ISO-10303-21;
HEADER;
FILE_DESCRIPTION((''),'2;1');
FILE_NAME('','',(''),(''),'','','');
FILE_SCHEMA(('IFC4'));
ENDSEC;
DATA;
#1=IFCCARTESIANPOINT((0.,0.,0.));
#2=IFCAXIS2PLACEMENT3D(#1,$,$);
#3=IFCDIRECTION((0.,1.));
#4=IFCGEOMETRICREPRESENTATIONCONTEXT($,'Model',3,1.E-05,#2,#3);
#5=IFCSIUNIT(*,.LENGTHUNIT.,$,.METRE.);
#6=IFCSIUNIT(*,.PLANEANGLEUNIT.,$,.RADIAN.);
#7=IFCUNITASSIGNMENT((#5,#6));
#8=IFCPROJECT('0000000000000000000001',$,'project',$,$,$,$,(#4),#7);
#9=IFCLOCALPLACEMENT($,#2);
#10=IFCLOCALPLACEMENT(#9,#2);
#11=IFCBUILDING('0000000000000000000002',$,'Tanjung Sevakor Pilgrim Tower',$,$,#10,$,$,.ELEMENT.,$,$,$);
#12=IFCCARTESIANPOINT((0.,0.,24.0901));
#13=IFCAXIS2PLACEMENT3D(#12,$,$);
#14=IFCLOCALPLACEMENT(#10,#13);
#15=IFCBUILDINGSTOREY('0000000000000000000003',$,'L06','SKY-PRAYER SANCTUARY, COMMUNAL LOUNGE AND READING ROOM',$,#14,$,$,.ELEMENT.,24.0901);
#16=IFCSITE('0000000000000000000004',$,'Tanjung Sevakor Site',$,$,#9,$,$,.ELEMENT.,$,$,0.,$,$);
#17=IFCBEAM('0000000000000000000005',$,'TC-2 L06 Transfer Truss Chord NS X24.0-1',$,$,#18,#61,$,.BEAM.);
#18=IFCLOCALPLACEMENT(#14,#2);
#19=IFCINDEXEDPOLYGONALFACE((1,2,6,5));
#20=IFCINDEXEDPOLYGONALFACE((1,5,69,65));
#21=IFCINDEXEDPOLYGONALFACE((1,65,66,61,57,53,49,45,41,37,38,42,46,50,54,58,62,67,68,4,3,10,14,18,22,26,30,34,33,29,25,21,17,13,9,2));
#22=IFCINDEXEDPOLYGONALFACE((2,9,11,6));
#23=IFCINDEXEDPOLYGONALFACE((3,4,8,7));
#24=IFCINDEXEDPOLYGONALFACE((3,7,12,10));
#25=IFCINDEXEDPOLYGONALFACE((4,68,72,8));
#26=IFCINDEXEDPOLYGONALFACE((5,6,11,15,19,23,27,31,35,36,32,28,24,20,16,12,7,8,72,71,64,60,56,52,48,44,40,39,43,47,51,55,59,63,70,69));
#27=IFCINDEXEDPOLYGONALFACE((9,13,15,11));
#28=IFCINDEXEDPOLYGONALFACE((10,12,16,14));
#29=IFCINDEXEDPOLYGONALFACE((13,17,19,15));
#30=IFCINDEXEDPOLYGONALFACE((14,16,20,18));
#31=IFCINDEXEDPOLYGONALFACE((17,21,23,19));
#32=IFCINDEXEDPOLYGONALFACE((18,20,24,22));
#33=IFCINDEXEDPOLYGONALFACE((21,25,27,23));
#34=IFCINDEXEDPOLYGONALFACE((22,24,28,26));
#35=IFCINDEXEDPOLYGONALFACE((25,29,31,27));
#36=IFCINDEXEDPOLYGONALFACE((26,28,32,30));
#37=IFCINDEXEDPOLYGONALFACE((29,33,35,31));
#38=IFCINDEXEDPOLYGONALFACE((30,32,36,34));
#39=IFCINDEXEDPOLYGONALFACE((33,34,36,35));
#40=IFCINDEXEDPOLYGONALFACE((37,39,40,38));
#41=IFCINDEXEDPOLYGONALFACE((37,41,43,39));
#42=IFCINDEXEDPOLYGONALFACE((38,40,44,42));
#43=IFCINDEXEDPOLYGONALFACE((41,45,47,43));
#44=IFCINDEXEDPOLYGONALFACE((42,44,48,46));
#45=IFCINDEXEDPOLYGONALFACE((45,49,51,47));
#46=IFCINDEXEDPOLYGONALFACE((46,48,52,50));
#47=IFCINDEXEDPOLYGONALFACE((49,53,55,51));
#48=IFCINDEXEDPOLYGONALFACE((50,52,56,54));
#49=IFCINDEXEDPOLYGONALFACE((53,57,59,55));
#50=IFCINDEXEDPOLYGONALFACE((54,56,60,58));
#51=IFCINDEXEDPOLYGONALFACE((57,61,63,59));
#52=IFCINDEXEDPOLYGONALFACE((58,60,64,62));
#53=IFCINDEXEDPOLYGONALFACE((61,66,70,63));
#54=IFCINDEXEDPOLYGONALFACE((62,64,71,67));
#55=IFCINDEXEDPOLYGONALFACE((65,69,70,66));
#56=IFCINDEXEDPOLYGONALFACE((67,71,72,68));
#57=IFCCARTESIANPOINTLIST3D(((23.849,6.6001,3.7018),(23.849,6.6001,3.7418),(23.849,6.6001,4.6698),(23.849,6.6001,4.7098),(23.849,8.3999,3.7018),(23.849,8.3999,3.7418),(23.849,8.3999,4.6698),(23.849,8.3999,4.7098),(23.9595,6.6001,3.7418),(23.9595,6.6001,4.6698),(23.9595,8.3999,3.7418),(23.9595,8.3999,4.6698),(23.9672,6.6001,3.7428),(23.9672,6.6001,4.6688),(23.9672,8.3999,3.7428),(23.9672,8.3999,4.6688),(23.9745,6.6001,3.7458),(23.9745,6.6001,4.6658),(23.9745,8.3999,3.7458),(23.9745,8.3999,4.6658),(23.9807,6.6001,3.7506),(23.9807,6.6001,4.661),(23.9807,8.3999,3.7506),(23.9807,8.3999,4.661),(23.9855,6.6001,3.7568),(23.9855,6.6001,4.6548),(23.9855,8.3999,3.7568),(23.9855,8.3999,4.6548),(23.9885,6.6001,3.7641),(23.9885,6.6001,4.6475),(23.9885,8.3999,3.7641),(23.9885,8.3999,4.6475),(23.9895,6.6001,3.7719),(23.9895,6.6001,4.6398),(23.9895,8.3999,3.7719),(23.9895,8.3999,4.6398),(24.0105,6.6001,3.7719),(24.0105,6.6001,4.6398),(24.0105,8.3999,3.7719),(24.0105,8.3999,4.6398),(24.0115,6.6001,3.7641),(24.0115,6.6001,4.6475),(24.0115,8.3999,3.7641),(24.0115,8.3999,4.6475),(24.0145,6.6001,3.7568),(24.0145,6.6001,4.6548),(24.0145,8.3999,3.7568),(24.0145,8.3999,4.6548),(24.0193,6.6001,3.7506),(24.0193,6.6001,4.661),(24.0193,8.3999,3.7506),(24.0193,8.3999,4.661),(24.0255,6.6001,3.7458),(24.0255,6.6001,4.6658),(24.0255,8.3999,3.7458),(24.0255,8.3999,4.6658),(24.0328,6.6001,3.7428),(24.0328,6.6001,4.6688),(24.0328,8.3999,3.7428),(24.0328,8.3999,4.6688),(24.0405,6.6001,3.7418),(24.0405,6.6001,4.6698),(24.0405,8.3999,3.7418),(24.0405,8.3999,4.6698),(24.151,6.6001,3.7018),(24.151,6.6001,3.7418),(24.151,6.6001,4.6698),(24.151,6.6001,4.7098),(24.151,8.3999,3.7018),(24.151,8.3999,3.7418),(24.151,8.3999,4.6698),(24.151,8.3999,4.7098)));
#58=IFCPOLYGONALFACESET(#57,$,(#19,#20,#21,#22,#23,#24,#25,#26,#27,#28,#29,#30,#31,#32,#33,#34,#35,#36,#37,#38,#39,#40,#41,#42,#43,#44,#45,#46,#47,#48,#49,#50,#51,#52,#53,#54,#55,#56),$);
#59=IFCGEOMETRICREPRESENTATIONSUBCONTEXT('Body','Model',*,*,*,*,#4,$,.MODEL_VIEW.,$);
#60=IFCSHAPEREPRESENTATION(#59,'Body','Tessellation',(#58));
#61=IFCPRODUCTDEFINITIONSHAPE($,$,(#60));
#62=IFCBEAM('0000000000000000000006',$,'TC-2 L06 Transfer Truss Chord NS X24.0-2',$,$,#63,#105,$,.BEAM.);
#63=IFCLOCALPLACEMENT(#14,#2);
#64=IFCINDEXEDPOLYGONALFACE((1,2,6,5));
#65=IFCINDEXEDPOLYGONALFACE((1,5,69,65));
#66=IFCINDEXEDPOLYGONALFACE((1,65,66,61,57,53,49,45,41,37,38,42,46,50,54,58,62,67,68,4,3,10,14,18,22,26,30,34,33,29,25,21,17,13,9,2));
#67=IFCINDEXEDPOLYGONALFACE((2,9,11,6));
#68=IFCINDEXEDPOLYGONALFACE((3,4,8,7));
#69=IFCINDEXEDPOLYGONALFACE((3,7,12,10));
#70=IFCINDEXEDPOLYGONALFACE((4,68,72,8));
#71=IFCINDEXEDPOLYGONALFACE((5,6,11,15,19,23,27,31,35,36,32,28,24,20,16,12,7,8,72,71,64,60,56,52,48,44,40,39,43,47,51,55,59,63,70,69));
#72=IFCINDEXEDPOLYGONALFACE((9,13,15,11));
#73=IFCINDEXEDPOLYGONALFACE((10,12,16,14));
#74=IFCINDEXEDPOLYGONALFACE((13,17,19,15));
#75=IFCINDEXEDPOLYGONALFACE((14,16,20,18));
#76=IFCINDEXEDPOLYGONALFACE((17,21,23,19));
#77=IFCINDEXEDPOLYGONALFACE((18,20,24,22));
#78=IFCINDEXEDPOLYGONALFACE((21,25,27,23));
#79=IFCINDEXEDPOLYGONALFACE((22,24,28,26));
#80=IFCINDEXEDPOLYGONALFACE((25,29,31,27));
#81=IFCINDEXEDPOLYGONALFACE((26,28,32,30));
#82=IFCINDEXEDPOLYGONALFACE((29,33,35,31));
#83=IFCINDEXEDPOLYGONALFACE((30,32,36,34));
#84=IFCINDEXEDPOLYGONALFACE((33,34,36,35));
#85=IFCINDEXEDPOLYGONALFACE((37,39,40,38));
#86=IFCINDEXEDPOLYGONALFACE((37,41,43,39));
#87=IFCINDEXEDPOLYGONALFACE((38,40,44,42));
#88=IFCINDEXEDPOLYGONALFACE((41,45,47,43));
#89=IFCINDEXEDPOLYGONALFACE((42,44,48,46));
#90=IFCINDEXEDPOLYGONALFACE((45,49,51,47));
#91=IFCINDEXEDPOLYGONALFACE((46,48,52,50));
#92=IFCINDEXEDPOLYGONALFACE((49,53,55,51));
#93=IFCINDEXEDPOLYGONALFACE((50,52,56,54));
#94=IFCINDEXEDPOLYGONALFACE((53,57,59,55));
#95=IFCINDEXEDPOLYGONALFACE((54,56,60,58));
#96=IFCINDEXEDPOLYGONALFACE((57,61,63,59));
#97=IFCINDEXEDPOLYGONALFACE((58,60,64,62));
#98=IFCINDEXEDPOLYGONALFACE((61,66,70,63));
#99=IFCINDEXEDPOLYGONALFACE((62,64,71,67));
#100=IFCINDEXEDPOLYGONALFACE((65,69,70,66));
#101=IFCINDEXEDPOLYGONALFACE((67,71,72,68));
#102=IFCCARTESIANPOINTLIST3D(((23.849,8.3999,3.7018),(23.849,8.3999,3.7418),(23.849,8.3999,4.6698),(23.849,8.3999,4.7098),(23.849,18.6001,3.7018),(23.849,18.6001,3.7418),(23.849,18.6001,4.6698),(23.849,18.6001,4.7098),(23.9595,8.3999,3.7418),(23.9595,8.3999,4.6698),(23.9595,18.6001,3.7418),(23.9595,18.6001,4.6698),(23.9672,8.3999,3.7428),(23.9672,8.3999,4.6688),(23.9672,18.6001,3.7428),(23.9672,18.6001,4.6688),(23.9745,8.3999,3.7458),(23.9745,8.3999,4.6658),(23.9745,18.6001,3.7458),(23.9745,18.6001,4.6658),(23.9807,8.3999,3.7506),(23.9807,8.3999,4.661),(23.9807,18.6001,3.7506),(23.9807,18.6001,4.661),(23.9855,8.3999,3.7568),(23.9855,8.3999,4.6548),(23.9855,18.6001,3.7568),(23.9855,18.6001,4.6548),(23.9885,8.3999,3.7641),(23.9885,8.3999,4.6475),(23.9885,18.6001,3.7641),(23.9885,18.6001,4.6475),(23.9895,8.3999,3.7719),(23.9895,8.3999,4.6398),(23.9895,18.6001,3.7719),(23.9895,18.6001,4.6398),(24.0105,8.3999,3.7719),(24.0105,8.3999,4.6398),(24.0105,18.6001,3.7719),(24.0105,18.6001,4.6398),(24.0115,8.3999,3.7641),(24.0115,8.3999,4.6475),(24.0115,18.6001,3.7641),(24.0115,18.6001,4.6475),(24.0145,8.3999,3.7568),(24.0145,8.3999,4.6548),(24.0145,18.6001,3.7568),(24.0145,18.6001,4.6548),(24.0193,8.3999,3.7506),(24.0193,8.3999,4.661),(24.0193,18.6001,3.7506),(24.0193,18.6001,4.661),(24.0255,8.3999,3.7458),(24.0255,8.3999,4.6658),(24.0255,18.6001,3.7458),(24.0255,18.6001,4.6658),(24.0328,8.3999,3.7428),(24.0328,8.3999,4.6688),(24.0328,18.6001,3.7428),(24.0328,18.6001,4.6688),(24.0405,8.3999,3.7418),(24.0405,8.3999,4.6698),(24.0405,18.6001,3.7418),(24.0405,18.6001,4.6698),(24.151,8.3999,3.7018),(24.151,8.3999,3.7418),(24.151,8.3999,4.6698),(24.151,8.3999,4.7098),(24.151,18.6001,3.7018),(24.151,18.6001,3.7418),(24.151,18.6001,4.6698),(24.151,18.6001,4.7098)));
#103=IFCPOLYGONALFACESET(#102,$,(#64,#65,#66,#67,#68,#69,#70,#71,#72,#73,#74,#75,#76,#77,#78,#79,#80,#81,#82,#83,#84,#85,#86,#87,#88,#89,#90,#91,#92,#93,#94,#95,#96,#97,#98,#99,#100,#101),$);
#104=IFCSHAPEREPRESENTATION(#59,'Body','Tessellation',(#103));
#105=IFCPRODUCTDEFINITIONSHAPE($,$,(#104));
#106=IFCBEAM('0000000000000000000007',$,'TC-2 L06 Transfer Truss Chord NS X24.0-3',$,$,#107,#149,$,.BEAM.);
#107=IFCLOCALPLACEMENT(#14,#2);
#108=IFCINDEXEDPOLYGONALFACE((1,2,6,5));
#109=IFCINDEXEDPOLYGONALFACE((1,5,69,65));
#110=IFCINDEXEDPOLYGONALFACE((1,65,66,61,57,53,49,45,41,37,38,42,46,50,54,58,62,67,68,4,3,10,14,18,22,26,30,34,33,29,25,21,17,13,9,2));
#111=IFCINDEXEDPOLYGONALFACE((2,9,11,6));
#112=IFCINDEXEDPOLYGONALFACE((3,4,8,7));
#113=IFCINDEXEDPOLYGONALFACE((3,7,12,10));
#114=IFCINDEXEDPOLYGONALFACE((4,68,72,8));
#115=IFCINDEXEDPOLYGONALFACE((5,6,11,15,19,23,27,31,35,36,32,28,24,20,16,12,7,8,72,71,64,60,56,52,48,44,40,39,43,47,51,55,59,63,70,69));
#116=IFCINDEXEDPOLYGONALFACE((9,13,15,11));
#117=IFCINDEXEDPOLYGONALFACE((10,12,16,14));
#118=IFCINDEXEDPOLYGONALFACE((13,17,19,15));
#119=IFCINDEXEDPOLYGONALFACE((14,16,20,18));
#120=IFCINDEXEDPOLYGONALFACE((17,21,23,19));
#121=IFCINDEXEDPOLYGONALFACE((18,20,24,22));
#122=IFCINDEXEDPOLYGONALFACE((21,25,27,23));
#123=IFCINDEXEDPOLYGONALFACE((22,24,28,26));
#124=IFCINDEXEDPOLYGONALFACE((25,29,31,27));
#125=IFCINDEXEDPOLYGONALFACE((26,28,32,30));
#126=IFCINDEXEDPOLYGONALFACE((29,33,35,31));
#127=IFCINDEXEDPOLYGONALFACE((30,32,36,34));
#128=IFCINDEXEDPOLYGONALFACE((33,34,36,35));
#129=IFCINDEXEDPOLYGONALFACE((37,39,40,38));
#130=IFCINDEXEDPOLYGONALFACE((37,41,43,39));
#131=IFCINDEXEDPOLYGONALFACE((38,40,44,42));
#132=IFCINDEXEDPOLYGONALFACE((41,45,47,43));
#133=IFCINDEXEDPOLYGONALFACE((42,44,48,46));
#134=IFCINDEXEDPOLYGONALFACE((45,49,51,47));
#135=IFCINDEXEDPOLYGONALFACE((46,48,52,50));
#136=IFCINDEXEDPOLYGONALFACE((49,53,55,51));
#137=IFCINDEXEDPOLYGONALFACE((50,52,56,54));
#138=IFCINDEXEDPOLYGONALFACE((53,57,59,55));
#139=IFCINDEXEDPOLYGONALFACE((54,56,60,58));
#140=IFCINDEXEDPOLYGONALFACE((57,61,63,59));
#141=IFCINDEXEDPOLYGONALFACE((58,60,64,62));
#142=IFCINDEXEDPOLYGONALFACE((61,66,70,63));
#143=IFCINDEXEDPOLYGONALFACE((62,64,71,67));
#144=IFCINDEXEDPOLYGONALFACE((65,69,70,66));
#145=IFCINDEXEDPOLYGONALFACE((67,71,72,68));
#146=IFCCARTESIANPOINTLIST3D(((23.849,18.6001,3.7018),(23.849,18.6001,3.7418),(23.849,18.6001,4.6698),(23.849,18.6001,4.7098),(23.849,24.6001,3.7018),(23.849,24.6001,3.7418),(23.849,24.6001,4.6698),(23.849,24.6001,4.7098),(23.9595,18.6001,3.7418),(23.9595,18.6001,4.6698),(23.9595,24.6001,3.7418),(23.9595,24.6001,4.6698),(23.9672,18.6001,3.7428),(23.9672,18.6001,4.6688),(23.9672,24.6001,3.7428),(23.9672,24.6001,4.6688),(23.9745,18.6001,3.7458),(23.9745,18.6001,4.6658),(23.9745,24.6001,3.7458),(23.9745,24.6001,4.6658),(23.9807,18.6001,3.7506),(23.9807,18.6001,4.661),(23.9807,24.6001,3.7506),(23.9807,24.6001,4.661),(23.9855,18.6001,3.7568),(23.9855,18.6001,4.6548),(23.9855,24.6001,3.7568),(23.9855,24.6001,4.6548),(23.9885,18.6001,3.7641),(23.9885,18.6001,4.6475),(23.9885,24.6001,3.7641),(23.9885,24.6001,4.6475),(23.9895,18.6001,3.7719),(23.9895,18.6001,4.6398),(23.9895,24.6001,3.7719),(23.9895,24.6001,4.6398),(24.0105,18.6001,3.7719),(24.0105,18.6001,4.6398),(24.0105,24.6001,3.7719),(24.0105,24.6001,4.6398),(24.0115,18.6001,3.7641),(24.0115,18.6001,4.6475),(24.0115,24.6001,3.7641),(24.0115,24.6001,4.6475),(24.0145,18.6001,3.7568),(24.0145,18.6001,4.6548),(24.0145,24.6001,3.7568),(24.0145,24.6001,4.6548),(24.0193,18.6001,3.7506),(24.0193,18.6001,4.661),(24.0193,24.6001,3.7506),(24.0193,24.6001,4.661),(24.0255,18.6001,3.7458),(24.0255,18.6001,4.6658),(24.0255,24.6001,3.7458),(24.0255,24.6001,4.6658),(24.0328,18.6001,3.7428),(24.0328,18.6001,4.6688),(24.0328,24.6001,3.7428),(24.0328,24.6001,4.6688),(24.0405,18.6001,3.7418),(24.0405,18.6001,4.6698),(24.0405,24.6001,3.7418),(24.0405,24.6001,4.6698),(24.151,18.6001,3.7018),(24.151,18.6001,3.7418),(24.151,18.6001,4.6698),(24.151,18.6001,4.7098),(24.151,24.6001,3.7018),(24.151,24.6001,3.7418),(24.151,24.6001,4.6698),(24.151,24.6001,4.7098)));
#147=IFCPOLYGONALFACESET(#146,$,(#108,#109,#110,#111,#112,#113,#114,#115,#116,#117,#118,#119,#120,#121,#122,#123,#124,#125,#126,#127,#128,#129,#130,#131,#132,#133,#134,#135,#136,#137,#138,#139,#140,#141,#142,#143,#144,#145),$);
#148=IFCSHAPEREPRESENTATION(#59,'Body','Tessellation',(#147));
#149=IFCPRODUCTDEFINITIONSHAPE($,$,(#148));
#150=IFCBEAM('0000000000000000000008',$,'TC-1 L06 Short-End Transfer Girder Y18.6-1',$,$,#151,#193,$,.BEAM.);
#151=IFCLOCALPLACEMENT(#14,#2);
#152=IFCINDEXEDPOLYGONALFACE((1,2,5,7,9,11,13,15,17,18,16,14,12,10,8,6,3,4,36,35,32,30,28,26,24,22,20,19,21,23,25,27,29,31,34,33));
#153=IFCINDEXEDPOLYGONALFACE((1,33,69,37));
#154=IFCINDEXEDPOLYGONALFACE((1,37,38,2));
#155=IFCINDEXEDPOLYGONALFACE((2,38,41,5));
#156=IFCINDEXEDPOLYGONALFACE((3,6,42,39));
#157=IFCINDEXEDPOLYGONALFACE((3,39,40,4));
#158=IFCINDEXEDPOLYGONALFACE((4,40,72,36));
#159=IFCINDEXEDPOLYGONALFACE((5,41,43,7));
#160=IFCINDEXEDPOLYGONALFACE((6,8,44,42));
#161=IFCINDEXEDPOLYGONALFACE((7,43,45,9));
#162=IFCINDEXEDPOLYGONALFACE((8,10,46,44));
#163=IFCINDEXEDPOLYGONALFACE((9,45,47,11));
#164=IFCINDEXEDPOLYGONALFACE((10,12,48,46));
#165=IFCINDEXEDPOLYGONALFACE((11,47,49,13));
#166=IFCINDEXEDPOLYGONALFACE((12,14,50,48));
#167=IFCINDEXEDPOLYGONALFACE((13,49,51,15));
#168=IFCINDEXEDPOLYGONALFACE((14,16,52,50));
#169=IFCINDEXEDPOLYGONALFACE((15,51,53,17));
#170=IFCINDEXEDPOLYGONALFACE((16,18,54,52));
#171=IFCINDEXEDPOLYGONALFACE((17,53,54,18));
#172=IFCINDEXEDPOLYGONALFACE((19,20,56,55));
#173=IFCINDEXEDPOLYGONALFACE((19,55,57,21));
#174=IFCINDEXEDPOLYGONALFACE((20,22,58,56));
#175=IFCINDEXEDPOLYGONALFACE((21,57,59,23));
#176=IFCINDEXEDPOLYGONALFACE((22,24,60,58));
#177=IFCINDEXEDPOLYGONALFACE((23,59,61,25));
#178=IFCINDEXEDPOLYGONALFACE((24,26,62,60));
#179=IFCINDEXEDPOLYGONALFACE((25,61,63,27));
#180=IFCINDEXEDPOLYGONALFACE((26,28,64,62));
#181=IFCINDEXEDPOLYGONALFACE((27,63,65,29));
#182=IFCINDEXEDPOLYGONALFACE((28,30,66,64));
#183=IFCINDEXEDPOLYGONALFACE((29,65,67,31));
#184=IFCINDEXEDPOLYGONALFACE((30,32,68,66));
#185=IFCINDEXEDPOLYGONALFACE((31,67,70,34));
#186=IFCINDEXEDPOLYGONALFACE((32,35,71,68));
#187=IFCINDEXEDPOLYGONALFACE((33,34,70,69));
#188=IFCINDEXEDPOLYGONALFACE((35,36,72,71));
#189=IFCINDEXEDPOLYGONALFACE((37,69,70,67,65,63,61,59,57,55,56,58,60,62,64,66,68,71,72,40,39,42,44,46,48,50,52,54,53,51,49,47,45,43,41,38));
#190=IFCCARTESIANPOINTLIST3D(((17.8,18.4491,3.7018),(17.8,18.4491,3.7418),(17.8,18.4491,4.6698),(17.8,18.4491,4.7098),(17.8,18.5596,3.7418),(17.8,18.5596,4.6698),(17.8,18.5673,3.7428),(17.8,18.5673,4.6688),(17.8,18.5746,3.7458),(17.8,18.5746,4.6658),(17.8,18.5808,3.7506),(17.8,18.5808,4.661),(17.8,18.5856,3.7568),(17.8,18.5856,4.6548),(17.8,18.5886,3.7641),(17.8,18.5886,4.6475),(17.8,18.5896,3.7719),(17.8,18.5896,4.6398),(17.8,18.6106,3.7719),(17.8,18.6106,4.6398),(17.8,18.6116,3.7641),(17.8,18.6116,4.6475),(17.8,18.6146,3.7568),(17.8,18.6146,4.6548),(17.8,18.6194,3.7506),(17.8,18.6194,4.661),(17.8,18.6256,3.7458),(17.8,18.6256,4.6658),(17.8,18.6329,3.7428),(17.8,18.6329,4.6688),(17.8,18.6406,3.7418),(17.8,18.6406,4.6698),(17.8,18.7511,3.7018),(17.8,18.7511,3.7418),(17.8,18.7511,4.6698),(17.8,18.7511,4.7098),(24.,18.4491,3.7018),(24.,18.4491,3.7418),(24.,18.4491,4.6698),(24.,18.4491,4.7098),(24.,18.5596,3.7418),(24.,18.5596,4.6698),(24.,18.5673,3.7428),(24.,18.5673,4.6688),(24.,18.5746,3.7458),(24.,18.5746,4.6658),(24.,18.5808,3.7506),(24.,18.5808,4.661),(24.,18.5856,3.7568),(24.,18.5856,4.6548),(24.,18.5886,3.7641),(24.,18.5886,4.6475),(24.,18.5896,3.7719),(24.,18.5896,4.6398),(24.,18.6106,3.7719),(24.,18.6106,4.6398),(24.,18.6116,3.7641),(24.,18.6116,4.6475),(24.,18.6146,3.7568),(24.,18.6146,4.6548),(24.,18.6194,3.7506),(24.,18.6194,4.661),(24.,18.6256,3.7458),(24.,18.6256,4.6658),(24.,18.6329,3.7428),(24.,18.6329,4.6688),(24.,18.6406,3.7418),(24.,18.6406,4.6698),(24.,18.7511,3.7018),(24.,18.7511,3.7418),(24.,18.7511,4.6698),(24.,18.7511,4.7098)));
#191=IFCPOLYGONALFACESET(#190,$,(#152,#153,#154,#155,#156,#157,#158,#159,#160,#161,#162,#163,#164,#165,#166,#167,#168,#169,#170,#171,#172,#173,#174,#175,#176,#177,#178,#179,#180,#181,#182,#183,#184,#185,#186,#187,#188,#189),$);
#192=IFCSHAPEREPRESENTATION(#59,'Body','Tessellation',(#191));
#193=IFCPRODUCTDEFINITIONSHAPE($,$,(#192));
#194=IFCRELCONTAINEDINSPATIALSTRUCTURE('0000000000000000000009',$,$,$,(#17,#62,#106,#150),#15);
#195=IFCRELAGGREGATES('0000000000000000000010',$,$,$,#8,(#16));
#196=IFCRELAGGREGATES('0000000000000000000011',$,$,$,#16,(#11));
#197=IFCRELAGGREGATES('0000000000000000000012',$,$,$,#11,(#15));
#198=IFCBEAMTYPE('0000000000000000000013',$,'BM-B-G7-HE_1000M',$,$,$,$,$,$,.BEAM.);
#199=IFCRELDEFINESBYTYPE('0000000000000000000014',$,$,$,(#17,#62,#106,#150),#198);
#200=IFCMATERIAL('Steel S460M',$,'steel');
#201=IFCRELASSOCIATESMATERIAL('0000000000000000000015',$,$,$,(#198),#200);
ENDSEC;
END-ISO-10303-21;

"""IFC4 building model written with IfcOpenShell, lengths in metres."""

from ifc_helpers import new_model, si_unit, direction, frame, origin, origin_2d, place, context, subcontext, project, spatial, i_section, extrude, material, material_profile, profile_set, type_object, element, save


model = new_model("IFC4")

# Units and contexts
model_context = context("Model", 3, precision=1e-05, world=origin(), true_north=direction((0.0, 1.0)))
body_context = subcontext(model_context, "Body", "Model", "MODEL_VIEW")
ifc_project = project(units=[si_unit("LENGTHUNIT", "METRE"), si_unit("PLANEANGLEUNIT", "RADIAN")], contexts=[model_context])

# Site, building, storey
site_placement = place(None, origin())
site = spatial("IfcSite", under=ifc_project, at=site_placement, Name="Tanjung Sevakor Site", CompositionType="ELEMENT", RefElevation=0.0)
building_placement = place(site_placement, origin())
building = spatial("IfcBuilding", under=site, at=building_placement, Name="Tanjung Sevakor Pilgrim Tower", CompositionType="ELEMENT")
storey_placement = place(building_placement, frame((0.0, 0.0, 24.0901)))
storey = spatial("IfcBuildingStorey", under=building, at=storey_placement, Name="L06", Description="SKY-PRAYER SANCTUARY, COMMUNAL LOUNGE AND READING ROOM", CompositionType="ELEMENT", Elevation=24.0901)

# Beams
ifc_material_1 = material(Name="Steel S460M", Category="steel")
ifc_material_profile_1 = material_profile(ifc_material_1, i_section(OverallWidth=0.302, OverallDepth=1.0081, WebThickness=0.021, FlangeThickness=0.04, FilletRadius=0.03, at=origin_2d()))
ifc_profile_set_1 = profile_set([ifc_material_profile_1], Name="Steel S460M")
beam_type_1 = type_object("IfcBeamType", Name="BM-B-G7-HE_1000M", PredefinedType="BEAM", material=ifc_profile_set_1)
beam_1_placement = place(storey_placement, frame((24.0, 6.6001, 4.2058), z_axis=(0.0, 1.0, 0.0), x_axis=(-1.0, 0.0, 0.0)))
element("IfcBeam", 1, at=beam_1_placement, inside=storey, type_object=beam_type_1, Name="TC-2 L06 Transfer Truss Chord NS X24.0-1", PredefinedType="BEAM", context=body_context, shape_type="SweptSolid", body=[
    extrude(i_section(OverallWidth=0.302, OverallDepth=1.0081, WebThickness=0.021, FlangeThickness=0.04, FilletRadius=0.03, at=origin_2d()), origin(), (0.0, 0.0, 1.0), 1.7998),
])
beam_2_placement = place(storey_placement, frame((24.0, 8.3999, 4.2058), z_axis=(0.0, 1.0, 0.0), x_axis=(-1.0, 0.0, 0.0)))
element("IfcBeam", 2, at=beam_2_placement, inside=storey, type_object=beam_type_1, Name="TC-2 L06 Transfer Truss Chord NS X24.0-2", PredefinedType="BEAM", context=body_context, shape_type="SweptSolid", body=[
    extrude(i_section(OverallWidth=0.302, OverallDepth=1.0081, WebThickness=0.021, FlangeThickness=0.04, FilletRadius=0.03, at=origin_2d()), origin(), (0.0, 0.0, 1.0), 10.2002),
])
beam_3_placement = place(storey_placement, frame((24.0, 18.6001, 4.2058), z_axis=(0.0, 1.0, 0.0), x_axis=(-1.0, 0.0, 0.0)))
element("IfcBeam", 3, at=beam_3_placement, inside=storey, type_object=beam_type_1, Name="TC-2 L06 Transfer Truss Chord NS X24.0-3", PredefinedType="BEAM", context=body_context, shape_type="SweptSolid", body=[
    extrude(i_section(OverallWidth=0.302, OverallDepth=1.0081, WebThickness=0.021, FlangeThickness=0.04, FilletRadius=0.03, at=origin_2d()), origin(), (0.0, 0.0, 1.0), 6.0),
])
beam_4_placement = place(storey_placement, frame((17.8, 18.6001, 4.2058), z_axis=(1.0, 0.0, 0.0), x_axis=(0.0, 1.0, 0.0)))
element("IfcBeam", 4, at=beam_4_placement, inside=storey, type_object=beam_type_1, Name="TC-1 L06 Short-End Transfer Girder Y18.6-1", PredefinedType="BEAM", context=body_context, shape_type="SweptSolid", body=[
    extrude(i_section(OverallWidth=0.302, OverallDepth=1.0081, WebThickness=0.021, FlangeThickness=0.04, FilletRadius=0.03, at=origin_2d()), origin(), (0.0, 0.0, 1.0), 6.2),
])

save(model, "model.ifc")
